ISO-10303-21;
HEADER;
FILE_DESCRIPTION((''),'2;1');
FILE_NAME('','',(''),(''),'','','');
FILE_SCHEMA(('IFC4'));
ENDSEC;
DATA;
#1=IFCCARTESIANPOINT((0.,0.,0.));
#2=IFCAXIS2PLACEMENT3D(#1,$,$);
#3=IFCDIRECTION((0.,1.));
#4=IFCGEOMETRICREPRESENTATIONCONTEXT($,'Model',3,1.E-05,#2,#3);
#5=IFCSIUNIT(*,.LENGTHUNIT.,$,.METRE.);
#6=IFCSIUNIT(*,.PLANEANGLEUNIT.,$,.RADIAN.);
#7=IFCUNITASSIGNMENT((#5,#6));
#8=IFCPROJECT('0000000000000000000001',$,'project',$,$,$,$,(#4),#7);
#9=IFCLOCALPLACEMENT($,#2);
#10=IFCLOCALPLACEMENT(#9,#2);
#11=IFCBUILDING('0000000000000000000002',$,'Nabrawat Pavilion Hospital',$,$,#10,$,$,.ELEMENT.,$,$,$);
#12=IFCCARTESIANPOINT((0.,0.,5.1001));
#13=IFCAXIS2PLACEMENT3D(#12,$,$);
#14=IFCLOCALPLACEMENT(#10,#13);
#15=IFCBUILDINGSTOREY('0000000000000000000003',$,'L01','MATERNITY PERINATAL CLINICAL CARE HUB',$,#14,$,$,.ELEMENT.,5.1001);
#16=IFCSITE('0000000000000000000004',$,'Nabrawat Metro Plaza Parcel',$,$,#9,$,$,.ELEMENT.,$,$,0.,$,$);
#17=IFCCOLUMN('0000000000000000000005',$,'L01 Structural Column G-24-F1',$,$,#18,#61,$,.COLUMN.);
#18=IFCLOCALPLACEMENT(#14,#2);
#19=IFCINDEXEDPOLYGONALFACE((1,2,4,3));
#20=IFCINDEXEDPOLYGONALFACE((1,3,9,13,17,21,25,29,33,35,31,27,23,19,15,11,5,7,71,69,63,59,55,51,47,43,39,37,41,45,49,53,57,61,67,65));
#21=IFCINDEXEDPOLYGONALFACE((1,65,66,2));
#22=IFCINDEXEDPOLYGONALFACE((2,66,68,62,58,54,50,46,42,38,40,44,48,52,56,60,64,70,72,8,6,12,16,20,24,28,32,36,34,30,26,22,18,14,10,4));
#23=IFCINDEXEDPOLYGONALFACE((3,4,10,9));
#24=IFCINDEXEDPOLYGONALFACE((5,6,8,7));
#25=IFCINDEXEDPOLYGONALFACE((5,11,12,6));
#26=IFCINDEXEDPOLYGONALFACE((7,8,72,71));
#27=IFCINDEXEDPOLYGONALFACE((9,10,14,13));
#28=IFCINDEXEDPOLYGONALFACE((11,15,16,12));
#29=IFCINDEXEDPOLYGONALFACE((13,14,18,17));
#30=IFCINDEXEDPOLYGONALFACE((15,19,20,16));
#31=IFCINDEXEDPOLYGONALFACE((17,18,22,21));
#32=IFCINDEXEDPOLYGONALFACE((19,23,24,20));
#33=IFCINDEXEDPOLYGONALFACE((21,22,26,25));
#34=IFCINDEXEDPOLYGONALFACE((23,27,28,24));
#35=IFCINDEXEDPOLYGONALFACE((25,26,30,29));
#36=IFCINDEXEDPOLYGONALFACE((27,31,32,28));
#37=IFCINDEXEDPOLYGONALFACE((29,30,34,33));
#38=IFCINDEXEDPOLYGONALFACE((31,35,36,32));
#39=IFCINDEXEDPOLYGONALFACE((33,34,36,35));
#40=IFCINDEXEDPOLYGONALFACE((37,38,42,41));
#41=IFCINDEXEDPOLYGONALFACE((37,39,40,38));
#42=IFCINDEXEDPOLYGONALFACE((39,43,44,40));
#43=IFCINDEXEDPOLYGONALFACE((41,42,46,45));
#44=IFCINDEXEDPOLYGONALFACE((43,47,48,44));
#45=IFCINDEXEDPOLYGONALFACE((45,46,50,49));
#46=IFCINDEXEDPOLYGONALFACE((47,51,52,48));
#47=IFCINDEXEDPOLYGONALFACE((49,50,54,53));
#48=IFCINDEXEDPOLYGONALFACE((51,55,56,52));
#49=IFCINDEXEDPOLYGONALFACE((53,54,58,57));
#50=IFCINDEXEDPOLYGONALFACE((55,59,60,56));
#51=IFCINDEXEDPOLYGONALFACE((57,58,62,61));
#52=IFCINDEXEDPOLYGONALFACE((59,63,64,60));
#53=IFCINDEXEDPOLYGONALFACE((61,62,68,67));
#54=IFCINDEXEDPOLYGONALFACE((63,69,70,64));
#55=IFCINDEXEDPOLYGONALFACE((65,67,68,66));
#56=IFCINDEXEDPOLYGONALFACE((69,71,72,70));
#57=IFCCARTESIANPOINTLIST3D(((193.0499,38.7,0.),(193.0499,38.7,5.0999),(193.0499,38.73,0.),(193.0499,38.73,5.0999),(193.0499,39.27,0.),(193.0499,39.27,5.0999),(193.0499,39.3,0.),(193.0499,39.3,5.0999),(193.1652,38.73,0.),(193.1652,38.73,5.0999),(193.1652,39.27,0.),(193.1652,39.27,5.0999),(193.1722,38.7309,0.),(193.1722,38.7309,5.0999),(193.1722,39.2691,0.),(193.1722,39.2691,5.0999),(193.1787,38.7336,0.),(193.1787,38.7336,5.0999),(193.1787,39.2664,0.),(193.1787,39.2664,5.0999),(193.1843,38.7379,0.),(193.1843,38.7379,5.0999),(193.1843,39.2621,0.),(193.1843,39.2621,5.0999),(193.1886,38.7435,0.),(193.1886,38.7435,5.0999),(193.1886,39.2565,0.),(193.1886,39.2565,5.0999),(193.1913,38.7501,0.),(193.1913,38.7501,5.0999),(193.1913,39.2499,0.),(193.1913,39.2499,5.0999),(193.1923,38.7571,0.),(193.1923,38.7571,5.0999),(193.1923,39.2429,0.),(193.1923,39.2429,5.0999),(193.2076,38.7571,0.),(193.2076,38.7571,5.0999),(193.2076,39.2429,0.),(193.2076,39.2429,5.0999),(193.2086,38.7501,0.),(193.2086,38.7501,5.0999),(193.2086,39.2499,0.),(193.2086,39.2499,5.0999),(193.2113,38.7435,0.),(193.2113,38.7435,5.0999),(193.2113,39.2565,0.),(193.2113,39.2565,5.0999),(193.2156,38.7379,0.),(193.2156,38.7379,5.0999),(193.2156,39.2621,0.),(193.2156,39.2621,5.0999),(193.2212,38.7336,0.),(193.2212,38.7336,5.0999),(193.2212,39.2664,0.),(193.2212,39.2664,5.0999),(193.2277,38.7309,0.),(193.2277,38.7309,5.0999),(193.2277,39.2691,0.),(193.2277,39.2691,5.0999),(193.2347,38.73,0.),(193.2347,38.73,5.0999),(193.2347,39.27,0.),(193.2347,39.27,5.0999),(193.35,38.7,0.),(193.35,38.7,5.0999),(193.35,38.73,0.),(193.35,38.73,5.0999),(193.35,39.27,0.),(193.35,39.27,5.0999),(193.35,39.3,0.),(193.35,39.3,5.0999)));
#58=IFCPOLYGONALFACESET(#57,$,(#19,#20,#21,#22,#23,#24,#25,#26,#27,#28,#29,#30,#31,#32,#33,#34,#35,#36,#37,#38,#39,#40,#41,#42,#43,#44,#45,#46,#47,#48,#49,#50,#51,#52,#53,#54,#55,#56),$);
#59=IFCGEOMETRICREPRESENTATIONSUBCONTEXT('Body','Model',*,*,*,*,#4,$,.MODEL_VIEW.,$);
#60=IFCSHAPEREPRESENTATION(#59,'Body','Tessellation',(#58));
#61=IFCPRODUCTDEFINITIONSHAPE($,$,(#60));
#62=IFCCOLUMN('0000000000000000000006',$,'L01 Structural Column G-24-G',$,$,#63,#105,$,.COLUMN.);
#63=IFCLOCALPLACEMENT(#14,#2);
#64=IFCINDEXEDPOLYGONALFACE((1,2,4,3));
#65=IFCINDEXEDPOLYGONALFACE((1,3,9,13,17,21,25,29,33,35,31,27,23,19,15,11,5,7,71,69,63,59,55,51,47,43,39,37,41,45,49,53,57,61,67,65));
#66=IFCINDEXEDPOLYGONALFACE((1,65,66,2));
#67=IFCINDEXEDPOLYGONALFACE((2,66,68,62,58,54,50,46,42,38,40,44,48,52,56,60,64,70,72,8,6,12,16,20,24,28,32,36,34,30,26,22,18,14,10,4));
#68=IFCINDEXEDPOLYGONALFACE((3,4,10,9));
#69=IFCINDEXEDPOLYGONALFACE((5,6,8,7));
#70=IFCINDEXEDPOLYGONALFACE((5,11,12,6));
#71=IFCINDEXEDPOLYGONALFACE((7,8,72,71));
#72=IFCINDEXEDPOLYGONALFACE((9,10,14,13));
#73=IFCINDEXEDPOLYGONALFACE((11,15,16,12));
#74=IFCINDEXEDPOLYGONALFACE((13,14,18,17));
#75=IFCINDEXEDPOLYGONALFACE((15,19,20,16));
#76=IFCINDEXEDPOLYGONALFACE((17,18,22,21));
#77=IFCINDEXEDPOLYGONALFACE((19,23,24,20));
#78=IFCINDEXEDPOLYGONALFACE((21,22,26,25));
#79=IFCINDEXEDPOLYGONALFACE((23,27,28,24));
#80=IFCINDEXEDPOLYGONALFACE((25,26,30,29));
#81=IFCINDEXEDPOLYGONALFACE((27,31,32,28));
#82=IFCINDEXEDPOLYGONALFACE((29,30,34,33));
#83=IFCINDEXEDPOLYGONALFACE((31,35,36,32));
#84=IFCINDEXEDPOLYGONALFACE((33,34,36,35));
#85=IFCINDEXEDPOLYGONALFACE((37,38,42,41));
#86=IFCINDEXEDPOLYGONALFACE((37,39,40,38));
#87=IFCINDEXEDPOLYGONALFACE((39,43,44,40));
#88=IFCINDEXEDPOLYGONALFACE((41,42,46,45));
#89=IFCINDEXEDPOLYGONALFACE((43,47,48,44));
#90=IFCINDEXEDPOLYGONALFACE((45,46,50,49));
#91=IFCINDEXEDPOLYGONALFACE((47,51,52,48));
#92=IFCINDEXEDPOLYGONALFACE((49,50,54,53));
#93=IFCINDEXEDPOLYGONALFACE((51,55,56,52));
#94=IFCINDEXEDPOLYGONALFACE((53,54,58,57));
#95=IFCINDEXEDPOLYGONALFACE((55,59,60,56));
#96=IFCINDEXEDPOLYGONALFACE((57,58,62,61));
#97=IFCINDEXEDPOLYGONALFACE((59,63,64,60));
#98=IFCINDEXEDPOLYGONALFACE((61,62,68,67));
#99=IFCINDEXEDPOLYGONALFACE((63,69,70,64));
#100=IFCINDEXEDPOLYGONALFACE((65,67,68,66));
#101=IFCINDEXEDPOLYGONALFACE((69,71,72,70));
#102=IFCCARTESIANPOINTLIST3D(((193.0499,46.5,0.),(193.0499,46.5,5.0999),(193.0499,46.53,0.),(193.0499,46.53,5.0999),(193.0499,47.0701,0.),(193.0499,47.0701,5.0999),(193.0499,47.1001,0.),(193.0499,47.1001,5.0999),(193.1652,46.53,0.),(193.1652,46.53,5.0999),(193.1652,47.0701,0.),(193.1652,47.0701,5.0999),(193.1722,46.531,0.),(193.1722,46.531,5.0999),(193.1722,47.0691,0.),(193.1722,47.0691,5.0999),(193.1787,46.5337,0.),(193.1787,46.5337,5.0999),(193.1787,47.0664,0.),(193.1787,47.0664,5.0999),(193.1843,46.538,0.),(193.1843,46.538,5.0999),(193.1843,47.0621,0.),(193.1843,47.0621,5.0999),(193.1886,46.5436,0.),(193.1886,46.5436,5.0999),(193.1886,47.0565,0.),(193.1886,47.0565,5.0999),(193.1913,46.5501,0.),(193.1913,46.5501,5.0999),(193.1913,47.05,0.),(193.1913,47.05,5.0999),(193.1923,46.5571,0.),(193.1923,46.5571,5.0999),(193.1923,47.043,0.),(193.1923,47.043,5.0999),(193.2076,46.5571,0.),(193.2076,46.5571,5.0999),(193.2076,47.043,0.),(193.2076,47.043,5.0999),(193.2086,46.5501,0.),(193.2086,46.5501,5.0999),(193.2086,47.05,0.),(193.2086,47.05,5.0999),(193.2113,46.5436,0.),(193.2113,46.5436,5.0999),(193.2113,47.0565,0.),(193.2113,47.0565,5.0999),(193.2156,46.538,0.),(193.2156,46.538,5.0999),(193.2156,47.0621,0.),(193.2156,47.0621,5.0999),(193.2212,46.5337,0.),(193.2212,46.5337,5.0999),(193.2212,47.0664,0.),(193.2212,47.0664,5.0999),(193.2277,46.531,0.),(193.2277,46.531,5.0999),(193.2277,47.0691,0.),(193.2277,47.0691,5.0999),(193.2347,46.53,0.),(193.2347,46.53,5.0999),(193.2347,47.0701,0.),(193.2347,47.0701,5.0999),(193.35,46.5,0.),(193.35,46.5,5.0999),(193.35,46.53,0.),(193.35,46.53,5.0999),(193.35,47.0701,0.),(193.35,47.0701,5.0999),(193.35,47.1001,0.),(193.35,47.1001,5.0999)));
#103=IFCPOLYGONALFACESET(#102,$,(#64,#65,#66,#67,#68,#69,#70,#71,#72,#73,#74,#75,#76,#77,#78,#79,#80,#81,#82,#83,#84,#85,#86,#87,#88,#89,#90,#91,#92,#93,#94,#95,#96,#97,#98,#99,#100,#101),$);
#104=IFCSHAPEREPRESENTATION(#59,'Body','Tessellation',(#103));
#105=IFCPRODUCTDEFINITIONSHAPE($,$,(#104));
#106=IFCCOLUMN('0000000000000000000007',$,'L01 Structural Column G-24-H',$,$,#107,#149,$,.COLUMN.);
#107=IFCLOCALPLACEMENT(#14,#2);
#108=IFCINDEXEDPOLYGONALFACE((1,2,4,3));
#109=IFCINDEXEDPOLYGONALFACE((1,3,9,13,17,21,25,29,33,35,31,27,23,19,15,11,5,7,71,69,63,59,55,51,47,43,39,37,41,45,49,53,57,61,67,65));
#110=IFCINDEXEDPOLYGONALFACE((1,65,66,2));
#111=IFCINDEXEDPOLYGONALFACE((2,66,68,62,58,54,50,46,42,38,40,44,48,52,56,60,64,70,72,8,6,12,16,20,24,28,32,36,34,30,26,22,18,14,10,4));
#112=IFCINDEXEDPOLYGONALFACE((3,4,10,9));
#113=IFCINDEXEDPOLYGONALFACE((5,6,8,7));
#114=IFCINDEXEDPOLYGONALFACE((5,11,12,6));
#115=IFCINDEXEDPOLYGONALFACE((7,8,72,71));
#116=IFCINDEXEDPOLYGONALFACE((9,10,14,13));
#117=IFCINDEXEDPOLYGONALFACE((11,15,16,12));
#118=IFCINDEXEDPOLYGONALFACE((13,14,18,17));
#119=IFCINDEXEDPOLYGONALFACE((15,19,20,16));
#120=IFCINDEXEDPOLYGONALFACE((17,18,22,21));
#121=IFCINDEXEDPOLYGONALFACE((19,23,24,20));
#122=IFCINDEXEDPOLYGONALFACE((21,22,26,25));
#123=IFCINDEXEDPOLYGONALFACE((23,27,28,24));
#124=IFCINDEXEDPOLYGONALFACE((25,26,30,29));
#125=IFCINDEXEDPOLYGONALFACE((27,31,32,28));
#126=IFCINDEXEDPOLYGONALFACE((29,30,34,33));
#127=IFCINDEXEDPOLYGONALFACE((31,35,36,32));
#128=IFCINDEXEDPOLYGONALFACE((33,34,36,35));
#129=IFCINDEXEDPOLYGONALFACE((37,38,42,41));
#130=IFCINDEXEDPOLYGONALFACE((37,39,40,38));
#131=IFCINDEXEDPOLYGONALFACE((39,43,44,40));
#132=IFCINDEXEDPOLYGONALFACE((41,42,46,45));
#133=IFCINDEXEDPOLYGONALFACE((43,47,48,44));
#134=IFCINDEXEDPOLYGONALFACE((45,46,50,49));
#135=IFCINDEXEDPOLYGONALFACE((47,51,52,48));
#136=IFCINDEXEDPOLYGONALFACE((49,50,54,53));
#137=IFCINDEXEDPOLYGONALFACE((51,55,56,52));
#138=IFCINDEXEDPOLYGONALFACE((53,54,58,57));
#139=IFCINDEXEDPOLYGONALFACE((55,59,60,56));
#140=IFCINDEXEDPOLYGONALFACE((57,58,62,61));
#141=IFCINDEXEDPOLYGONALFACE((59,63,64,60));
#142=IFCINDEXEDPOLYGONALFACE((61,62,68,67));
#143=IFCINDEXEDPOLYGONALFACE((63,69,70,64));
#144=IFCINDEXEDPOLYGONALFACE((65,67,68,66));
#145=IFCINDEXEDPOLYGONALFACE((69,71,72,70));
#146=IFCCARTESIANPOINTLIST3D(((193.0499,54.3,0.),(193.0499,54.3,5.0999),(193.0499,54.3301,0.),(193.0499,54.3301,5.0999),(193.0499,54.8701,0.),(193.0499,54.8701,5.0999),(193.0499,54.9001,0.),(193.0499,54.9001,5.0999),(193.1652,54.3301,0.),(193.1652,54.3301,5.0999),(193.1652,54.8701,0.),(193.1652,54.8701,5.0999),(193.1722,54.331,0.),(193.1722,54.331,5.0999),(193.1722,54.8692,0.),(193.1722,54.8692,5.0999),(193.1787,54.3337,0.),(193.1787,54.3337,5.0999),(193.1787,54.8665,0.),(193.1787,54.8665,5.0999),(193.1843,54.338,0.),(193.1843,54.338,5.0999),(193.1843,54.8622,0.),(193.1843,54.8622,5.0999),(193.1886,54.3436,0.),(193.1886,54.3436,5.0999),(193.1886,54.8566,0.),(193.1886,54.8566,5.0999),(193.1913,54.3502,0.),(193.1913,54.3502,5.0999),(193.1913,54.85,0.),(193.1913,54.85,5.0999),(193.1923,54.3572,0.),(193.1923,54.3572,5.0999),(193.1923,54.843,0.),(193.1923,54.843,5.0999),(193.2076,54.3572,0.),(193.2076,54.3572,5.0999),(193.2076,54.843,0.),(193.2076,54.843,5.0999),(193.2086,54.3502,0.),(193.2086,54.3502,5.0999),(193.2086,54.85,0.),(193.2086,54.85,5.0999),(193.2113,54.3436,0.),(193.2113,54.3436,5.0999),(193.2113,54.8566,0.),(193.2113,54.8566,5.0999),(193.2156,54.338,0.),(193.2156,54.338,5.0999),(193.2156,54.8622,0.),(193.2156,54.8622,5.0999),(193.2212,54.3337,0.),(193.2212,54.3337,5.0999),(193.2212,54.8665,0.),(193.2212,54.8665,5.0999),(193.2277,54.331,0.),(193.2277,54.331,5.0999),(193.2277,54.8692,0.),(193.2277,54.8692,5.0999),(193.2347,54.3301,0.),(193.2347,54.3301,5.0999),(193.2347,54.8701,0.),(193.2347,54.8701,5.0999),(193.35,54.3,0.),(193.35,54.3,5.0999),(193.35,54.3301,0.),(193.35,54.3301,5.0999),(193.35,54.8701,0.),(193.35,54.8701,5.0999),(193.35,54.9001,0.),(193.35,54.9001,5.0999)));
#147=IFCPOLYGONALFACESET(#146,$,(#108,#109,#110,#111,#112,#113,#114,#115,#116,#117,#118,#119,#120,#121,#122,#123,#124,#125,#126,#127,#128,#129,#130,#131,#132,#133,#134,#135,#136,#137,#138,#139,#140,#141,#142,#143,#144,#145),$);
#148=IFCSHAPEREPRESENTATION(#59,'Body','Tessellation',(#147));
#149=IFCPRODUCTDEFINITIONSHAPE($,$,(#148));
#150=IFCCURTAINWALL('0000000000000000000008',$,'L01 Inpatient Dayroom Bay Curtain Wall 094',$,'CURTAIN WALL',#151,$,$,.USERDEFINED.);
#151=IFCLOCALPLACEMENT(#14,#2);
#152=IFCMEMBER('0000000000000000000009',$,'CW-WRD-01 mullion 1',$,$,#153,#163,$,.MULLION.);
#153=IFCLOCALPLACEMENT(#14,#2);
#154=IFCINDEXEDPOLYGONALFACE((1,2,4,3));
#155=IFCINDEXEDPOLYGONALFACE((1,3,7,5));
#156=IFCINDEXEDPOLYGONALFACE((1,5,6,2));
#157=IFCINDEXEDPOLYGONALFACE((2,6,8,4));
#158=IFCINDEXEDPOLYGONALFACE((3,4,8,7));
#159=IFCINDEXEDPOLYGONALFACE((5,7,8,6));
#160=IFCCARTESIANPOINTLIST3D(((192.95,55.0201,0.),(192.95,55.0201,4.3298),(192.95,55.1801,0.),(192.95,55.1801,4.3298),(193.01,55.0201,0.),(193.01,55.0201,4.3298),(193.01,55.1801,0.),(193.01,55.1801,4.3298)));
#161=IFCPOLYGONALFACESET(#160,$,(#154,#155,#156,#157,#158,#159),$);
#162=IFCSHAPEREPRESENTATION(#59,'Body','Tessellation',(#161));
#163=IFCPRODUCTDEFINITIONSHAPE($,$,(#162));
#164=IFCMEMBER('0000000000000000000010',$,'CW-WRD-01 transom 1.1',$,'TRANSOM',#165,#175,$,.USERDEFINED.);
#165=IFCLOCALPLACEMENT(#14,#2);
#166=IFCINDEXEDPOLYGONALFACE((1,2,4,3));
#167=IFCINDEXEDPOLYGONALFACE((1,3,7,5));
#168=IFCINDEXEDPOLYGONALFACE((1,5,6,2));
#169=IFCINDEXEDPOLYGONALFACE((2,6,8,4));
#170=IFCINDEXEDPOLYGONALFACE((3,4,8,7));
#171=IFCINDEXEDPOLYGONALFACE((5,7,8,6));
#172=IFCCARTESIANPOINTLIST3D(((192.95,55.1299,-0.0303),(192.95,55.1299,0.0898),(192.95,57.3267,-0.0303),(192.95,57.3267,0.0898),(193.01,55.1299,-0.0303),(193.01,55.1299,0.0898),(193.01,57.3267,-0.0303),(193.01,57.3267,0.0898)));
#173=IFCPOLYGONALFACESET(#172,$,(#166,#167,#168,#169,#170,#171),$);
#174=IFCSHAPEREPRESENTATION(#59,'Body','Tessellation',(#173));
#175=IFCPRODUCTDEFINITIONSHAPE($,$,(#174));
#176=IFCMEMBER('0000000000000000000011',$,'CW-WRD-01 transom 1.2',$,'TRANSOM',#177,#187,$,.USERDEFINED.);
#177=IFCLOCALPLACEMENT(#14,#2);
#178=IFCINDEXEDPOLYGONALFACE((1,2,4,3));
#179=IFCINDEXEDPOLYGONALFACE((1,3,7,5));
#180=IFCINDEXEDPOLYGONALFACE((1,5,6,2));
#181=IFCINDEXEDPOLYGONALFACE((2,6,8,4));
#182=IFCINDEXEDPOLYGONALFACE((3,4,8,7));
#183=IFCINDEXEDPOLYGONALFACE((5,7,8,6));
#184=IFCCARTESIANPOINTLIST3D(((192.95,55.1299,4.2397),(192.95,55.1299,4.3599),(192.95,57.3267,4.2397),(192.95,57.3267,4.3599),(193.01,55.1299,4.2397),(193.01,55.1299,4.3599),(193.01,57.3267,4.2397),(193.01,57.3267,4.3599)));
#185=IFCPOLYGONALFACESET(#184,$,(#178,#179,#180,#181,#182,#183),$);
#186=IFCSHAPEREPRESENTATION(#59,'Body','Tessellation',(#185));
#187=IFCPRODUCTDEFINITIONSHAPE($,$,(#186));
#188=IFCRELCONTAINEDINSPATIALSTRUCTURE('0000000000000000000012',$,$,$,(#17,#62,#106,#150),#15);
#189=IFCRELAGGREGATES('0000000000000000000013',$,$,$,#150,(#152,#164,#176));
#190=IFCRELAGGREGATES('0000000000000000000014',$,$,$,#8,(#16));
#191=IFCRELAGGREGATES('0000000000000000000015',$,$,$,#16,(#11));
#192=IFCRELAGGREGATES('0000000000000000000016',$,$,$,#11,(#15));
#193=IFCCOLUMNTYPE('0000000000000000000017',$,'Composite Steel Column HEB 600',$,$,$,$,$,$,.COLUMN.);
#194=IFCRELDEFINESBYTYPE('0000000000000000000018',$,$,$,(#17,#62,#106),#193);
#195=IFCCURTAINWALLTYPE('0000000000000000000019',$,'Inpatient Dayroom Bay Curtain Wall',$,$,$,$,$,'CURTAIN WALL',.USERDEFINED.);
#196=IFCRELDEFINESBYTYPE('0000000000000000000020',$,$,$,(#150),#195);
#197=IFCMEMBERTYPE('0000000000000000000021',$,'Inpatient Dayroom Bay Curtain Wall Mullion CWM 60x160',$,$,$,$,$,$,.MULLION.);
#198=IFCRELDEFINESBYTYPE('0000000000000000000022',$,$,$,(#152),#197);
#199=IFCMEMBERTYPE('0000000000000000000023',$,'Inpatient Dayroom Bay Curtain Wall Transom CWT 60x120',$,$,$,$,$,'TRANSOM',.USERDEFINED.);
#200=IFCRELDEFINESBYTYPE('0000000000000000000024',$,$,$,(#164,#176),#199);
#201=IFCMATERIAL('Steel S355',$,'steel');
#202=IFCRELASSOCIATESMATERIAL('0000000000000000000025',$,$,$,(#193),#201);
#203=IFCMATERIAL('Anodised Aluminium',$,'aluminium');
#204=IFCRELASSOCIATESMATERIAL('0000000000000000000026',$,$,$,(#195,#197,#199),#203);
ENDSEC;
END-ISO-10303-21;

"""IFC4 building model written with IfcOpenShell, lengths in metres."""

from ifc_helpers import new_model, si_unit, direction, frame, origin, origin_2d, place, context, subcontext, project, spatial, rectangle, i_section, extrude, material, material_profile, profile_set, type_object, element, aggregate, save


model = new_model("IFC4")

# Units and contexts
model_context = context("Model", 3, precision=1e-05, world=origin(), true_north=direction((0.0, 1.0)))
body_context = subcontext(model_context, "Body", "Model", "MODEL_VIEW")
ifc_project = project(units=[si_unit("LENGTHUNIT", "METRE"), si_unit("PLANEANGLEUNIT", "RADIAN")], contexts=[model_context])

# Site, building, storey
site_placement = place(None, origin())
site = spatial("IfcSite", under=ifc_project, at=site_placement, Name="Nabrawat Metro Plaza Parcel", CompositionType="ELEMENT", RefElevation=0.0)
building_placement = place(site_placement, origin())
building = spatial("IfcBuilding", under=site, at=building_placement, Name="Nabrawat Pavilion Hospital", CompositionType="ELEMENT")
storey_placement = place(building_placement, frame((0.0, 0.0, 5.1001)))
storey = spatial("IfcBuildingStorey", under=building, at=storey_placement, Name="L01", Description="MATERNITY PERINATAL CLINICAL CARE HUB", CompositionType="ELEMENT", Elevation=5.1001)

# Columns
ifc_material_1 = material(Name="Steel S355", Category="steel")
ifc_material_profile_1 = material_profile(ifc_material_1, i_section(OverallWidth=0.3, OverallDepth=0.6001, WebThickness=0.0154, FlangeThickness=0.03, FilletRadius=0.0271, at=origin_2d()), Name="HEB 600")
ifc_profile_set_1 = profile_set([ifc_material_profile_1], Name="Steel S355")
column_type_1 = type_object("IfcColumnType", Name="Composite Steel Column HEB 600", PredefinedType="COLUMN", material=ifc_profile_set_1)
for number, where, z_axis, x_axis, name in (
    (1, (193.2, 39.0, 0.0), (0.0, 0.0, 1.0), (1.0, 0.0, 0.0), "L01 Structural Column G-24-F1"),
    (2, (193.2, 46.8, 0.0), (0.0, 0.0, 1.0), (1.0, 0.0, 0.0), "L01 Structural Column G-24-G"),
    (3, (193.2, 54.6001, 0.0), (0.0, 0.0, 1.0), (1.0, 0.0, 0.0), "L01 Structural Column G-24-H"),
):
    element("IfcColumn", number, at=place(storey_placement, frame(where, z_axis=z_axis, x_axis=x_axis)), inside=storey, type_object=column_type_1, Name=name, PredefinedType="COLUMN", context=body_context, shape_type="SweptSolid", body=[
        extrude(i_section(OverallWidth=0.3, OverallDepth=0.6001, WebThickness=0.0154, FlangeThickness=0.03, FilletRadius=0.0271, at=origin_2d()), origin(), (0.0, 0.0, 1.0), 5.0999),
    ])

# Curtain wall, members
ifc_material_2 = material(Name="Anodised Aluminium", Category="aluminium")
curtain_wall_type = type_object("IfcCurtainWallType", Name="Inpatient Dayroom Bay Curtain Wall", ElementType="CURTAIN WALL", PredefinedType="USERDEFINED", material=ifc_material_2)
curtain_wall_placement = place(storey_placement, origin())
curtain_wall = element("IfcCurtainWall", 4, at=curtain_wall_placement, inside=storey, type_object=curtain_wall_type, Name="L01 Inpatient Dayroom Bay Curtain Wall 094", ObjectType="CURTAIN WALL", PredefinedType="USERDEFINED")
ifc_material_profile_2 = material_profile(ifc_material_2, rectangle(XDim=0.0601, YDim=0.1599, at=origin_2d()), Name="CWM 60x160")
ifc_profile_set_2 = profile_set([ifc_material_profile_2], Name="Anodised Aluminium")
member_type_1 = type_object("IfcMemberType", Name="Inpatient Dayroom Bay Curtain Wall Mullion CWM 60x160", PredefinedType="MULLION", material=ifc_profile_set_2)
member_1_placement = place(storey_placement, frame((192.98, 55.1001, 0.0), z_axis=(0.0, 0.0, 1.0), x_axis=(-1.0, 0.0, 0.0)))
member_1 = element("IfcMember", 5, at=member_1_placement, type_object=member_type_1, Name="CW-WRD-01 mullion 1", PredefinedType="MULLION", context=body_context, shape_type="SweptSolid", body=[
    extrude(rectangle(XDim=0.0601, YDim=0.1599, at=origin_2d()), origin(), (0.0, 0.0, 1.0), 4.3298),
])
ifc_material_profile_3 = material_profile(ifc_material_2, rectangle(XDim=0.0601, YDim=0.1201, at=origin_2d()), Name="CWT 60x120")
ifc_profile_set_3 = profile_set([ifc_material_profile_3], Name="Anodised Aluminium")
member_type_2 = type_object("IfcMemberType", Name="Inpatient Dayroom Bay Curtain Wall Transom CWT 60x120", ElementType="TRANSOM", PredefinedType="USERDEFINED", material=ifc_profile_set_3)
member_2_placement = place(storey_placement, frame((192.98, 55.1299, 0.0298), z_axis=(0.0, 1.0, 0.0), x_axis=(-1.0, 0.0, 0.0)))
member_2 = element("IfcMember", 6, at=member_2_placement, type_object=member_type_2, Name="CW-WRD-01 transom 1.1", ObjectType="TRANSOM", PredefinedType="USERDEFINED", context=body_context, shape_type="SweptSolid", body=[
    extrude(rectangle(XDim=0.0601, YDim=0.1201, at=origin_2d()), origin(), (0.0, 0.0, 1.0), 2.1968),
])
member_3_placement = place(storey_placement, frame((192.98, 55.1299, 4.2998), z_axis=(0.0, 1.0, 0.0), x_axis=(-1.0, 0.0, 0.0)))
member_3 = element("IfcMember", 7, at=member_3_placement, type_object=member_type_2, Name="CW-WRD-01 transom 1.2", ObjectType="TRANSOM", PredefinedType="USERDEFINED", context=body_context, shape_type="SweptSolid", body=[
    extrude(rectangle(XDim=0.0601, YDim=0.1201, at=origin_2d()), origin(), (0.0, 0.0, 1.0), 2.1968),
])
aggregate(curtain_wall, [member_1, member_2, member_3])

save(model, "model.ifc")
